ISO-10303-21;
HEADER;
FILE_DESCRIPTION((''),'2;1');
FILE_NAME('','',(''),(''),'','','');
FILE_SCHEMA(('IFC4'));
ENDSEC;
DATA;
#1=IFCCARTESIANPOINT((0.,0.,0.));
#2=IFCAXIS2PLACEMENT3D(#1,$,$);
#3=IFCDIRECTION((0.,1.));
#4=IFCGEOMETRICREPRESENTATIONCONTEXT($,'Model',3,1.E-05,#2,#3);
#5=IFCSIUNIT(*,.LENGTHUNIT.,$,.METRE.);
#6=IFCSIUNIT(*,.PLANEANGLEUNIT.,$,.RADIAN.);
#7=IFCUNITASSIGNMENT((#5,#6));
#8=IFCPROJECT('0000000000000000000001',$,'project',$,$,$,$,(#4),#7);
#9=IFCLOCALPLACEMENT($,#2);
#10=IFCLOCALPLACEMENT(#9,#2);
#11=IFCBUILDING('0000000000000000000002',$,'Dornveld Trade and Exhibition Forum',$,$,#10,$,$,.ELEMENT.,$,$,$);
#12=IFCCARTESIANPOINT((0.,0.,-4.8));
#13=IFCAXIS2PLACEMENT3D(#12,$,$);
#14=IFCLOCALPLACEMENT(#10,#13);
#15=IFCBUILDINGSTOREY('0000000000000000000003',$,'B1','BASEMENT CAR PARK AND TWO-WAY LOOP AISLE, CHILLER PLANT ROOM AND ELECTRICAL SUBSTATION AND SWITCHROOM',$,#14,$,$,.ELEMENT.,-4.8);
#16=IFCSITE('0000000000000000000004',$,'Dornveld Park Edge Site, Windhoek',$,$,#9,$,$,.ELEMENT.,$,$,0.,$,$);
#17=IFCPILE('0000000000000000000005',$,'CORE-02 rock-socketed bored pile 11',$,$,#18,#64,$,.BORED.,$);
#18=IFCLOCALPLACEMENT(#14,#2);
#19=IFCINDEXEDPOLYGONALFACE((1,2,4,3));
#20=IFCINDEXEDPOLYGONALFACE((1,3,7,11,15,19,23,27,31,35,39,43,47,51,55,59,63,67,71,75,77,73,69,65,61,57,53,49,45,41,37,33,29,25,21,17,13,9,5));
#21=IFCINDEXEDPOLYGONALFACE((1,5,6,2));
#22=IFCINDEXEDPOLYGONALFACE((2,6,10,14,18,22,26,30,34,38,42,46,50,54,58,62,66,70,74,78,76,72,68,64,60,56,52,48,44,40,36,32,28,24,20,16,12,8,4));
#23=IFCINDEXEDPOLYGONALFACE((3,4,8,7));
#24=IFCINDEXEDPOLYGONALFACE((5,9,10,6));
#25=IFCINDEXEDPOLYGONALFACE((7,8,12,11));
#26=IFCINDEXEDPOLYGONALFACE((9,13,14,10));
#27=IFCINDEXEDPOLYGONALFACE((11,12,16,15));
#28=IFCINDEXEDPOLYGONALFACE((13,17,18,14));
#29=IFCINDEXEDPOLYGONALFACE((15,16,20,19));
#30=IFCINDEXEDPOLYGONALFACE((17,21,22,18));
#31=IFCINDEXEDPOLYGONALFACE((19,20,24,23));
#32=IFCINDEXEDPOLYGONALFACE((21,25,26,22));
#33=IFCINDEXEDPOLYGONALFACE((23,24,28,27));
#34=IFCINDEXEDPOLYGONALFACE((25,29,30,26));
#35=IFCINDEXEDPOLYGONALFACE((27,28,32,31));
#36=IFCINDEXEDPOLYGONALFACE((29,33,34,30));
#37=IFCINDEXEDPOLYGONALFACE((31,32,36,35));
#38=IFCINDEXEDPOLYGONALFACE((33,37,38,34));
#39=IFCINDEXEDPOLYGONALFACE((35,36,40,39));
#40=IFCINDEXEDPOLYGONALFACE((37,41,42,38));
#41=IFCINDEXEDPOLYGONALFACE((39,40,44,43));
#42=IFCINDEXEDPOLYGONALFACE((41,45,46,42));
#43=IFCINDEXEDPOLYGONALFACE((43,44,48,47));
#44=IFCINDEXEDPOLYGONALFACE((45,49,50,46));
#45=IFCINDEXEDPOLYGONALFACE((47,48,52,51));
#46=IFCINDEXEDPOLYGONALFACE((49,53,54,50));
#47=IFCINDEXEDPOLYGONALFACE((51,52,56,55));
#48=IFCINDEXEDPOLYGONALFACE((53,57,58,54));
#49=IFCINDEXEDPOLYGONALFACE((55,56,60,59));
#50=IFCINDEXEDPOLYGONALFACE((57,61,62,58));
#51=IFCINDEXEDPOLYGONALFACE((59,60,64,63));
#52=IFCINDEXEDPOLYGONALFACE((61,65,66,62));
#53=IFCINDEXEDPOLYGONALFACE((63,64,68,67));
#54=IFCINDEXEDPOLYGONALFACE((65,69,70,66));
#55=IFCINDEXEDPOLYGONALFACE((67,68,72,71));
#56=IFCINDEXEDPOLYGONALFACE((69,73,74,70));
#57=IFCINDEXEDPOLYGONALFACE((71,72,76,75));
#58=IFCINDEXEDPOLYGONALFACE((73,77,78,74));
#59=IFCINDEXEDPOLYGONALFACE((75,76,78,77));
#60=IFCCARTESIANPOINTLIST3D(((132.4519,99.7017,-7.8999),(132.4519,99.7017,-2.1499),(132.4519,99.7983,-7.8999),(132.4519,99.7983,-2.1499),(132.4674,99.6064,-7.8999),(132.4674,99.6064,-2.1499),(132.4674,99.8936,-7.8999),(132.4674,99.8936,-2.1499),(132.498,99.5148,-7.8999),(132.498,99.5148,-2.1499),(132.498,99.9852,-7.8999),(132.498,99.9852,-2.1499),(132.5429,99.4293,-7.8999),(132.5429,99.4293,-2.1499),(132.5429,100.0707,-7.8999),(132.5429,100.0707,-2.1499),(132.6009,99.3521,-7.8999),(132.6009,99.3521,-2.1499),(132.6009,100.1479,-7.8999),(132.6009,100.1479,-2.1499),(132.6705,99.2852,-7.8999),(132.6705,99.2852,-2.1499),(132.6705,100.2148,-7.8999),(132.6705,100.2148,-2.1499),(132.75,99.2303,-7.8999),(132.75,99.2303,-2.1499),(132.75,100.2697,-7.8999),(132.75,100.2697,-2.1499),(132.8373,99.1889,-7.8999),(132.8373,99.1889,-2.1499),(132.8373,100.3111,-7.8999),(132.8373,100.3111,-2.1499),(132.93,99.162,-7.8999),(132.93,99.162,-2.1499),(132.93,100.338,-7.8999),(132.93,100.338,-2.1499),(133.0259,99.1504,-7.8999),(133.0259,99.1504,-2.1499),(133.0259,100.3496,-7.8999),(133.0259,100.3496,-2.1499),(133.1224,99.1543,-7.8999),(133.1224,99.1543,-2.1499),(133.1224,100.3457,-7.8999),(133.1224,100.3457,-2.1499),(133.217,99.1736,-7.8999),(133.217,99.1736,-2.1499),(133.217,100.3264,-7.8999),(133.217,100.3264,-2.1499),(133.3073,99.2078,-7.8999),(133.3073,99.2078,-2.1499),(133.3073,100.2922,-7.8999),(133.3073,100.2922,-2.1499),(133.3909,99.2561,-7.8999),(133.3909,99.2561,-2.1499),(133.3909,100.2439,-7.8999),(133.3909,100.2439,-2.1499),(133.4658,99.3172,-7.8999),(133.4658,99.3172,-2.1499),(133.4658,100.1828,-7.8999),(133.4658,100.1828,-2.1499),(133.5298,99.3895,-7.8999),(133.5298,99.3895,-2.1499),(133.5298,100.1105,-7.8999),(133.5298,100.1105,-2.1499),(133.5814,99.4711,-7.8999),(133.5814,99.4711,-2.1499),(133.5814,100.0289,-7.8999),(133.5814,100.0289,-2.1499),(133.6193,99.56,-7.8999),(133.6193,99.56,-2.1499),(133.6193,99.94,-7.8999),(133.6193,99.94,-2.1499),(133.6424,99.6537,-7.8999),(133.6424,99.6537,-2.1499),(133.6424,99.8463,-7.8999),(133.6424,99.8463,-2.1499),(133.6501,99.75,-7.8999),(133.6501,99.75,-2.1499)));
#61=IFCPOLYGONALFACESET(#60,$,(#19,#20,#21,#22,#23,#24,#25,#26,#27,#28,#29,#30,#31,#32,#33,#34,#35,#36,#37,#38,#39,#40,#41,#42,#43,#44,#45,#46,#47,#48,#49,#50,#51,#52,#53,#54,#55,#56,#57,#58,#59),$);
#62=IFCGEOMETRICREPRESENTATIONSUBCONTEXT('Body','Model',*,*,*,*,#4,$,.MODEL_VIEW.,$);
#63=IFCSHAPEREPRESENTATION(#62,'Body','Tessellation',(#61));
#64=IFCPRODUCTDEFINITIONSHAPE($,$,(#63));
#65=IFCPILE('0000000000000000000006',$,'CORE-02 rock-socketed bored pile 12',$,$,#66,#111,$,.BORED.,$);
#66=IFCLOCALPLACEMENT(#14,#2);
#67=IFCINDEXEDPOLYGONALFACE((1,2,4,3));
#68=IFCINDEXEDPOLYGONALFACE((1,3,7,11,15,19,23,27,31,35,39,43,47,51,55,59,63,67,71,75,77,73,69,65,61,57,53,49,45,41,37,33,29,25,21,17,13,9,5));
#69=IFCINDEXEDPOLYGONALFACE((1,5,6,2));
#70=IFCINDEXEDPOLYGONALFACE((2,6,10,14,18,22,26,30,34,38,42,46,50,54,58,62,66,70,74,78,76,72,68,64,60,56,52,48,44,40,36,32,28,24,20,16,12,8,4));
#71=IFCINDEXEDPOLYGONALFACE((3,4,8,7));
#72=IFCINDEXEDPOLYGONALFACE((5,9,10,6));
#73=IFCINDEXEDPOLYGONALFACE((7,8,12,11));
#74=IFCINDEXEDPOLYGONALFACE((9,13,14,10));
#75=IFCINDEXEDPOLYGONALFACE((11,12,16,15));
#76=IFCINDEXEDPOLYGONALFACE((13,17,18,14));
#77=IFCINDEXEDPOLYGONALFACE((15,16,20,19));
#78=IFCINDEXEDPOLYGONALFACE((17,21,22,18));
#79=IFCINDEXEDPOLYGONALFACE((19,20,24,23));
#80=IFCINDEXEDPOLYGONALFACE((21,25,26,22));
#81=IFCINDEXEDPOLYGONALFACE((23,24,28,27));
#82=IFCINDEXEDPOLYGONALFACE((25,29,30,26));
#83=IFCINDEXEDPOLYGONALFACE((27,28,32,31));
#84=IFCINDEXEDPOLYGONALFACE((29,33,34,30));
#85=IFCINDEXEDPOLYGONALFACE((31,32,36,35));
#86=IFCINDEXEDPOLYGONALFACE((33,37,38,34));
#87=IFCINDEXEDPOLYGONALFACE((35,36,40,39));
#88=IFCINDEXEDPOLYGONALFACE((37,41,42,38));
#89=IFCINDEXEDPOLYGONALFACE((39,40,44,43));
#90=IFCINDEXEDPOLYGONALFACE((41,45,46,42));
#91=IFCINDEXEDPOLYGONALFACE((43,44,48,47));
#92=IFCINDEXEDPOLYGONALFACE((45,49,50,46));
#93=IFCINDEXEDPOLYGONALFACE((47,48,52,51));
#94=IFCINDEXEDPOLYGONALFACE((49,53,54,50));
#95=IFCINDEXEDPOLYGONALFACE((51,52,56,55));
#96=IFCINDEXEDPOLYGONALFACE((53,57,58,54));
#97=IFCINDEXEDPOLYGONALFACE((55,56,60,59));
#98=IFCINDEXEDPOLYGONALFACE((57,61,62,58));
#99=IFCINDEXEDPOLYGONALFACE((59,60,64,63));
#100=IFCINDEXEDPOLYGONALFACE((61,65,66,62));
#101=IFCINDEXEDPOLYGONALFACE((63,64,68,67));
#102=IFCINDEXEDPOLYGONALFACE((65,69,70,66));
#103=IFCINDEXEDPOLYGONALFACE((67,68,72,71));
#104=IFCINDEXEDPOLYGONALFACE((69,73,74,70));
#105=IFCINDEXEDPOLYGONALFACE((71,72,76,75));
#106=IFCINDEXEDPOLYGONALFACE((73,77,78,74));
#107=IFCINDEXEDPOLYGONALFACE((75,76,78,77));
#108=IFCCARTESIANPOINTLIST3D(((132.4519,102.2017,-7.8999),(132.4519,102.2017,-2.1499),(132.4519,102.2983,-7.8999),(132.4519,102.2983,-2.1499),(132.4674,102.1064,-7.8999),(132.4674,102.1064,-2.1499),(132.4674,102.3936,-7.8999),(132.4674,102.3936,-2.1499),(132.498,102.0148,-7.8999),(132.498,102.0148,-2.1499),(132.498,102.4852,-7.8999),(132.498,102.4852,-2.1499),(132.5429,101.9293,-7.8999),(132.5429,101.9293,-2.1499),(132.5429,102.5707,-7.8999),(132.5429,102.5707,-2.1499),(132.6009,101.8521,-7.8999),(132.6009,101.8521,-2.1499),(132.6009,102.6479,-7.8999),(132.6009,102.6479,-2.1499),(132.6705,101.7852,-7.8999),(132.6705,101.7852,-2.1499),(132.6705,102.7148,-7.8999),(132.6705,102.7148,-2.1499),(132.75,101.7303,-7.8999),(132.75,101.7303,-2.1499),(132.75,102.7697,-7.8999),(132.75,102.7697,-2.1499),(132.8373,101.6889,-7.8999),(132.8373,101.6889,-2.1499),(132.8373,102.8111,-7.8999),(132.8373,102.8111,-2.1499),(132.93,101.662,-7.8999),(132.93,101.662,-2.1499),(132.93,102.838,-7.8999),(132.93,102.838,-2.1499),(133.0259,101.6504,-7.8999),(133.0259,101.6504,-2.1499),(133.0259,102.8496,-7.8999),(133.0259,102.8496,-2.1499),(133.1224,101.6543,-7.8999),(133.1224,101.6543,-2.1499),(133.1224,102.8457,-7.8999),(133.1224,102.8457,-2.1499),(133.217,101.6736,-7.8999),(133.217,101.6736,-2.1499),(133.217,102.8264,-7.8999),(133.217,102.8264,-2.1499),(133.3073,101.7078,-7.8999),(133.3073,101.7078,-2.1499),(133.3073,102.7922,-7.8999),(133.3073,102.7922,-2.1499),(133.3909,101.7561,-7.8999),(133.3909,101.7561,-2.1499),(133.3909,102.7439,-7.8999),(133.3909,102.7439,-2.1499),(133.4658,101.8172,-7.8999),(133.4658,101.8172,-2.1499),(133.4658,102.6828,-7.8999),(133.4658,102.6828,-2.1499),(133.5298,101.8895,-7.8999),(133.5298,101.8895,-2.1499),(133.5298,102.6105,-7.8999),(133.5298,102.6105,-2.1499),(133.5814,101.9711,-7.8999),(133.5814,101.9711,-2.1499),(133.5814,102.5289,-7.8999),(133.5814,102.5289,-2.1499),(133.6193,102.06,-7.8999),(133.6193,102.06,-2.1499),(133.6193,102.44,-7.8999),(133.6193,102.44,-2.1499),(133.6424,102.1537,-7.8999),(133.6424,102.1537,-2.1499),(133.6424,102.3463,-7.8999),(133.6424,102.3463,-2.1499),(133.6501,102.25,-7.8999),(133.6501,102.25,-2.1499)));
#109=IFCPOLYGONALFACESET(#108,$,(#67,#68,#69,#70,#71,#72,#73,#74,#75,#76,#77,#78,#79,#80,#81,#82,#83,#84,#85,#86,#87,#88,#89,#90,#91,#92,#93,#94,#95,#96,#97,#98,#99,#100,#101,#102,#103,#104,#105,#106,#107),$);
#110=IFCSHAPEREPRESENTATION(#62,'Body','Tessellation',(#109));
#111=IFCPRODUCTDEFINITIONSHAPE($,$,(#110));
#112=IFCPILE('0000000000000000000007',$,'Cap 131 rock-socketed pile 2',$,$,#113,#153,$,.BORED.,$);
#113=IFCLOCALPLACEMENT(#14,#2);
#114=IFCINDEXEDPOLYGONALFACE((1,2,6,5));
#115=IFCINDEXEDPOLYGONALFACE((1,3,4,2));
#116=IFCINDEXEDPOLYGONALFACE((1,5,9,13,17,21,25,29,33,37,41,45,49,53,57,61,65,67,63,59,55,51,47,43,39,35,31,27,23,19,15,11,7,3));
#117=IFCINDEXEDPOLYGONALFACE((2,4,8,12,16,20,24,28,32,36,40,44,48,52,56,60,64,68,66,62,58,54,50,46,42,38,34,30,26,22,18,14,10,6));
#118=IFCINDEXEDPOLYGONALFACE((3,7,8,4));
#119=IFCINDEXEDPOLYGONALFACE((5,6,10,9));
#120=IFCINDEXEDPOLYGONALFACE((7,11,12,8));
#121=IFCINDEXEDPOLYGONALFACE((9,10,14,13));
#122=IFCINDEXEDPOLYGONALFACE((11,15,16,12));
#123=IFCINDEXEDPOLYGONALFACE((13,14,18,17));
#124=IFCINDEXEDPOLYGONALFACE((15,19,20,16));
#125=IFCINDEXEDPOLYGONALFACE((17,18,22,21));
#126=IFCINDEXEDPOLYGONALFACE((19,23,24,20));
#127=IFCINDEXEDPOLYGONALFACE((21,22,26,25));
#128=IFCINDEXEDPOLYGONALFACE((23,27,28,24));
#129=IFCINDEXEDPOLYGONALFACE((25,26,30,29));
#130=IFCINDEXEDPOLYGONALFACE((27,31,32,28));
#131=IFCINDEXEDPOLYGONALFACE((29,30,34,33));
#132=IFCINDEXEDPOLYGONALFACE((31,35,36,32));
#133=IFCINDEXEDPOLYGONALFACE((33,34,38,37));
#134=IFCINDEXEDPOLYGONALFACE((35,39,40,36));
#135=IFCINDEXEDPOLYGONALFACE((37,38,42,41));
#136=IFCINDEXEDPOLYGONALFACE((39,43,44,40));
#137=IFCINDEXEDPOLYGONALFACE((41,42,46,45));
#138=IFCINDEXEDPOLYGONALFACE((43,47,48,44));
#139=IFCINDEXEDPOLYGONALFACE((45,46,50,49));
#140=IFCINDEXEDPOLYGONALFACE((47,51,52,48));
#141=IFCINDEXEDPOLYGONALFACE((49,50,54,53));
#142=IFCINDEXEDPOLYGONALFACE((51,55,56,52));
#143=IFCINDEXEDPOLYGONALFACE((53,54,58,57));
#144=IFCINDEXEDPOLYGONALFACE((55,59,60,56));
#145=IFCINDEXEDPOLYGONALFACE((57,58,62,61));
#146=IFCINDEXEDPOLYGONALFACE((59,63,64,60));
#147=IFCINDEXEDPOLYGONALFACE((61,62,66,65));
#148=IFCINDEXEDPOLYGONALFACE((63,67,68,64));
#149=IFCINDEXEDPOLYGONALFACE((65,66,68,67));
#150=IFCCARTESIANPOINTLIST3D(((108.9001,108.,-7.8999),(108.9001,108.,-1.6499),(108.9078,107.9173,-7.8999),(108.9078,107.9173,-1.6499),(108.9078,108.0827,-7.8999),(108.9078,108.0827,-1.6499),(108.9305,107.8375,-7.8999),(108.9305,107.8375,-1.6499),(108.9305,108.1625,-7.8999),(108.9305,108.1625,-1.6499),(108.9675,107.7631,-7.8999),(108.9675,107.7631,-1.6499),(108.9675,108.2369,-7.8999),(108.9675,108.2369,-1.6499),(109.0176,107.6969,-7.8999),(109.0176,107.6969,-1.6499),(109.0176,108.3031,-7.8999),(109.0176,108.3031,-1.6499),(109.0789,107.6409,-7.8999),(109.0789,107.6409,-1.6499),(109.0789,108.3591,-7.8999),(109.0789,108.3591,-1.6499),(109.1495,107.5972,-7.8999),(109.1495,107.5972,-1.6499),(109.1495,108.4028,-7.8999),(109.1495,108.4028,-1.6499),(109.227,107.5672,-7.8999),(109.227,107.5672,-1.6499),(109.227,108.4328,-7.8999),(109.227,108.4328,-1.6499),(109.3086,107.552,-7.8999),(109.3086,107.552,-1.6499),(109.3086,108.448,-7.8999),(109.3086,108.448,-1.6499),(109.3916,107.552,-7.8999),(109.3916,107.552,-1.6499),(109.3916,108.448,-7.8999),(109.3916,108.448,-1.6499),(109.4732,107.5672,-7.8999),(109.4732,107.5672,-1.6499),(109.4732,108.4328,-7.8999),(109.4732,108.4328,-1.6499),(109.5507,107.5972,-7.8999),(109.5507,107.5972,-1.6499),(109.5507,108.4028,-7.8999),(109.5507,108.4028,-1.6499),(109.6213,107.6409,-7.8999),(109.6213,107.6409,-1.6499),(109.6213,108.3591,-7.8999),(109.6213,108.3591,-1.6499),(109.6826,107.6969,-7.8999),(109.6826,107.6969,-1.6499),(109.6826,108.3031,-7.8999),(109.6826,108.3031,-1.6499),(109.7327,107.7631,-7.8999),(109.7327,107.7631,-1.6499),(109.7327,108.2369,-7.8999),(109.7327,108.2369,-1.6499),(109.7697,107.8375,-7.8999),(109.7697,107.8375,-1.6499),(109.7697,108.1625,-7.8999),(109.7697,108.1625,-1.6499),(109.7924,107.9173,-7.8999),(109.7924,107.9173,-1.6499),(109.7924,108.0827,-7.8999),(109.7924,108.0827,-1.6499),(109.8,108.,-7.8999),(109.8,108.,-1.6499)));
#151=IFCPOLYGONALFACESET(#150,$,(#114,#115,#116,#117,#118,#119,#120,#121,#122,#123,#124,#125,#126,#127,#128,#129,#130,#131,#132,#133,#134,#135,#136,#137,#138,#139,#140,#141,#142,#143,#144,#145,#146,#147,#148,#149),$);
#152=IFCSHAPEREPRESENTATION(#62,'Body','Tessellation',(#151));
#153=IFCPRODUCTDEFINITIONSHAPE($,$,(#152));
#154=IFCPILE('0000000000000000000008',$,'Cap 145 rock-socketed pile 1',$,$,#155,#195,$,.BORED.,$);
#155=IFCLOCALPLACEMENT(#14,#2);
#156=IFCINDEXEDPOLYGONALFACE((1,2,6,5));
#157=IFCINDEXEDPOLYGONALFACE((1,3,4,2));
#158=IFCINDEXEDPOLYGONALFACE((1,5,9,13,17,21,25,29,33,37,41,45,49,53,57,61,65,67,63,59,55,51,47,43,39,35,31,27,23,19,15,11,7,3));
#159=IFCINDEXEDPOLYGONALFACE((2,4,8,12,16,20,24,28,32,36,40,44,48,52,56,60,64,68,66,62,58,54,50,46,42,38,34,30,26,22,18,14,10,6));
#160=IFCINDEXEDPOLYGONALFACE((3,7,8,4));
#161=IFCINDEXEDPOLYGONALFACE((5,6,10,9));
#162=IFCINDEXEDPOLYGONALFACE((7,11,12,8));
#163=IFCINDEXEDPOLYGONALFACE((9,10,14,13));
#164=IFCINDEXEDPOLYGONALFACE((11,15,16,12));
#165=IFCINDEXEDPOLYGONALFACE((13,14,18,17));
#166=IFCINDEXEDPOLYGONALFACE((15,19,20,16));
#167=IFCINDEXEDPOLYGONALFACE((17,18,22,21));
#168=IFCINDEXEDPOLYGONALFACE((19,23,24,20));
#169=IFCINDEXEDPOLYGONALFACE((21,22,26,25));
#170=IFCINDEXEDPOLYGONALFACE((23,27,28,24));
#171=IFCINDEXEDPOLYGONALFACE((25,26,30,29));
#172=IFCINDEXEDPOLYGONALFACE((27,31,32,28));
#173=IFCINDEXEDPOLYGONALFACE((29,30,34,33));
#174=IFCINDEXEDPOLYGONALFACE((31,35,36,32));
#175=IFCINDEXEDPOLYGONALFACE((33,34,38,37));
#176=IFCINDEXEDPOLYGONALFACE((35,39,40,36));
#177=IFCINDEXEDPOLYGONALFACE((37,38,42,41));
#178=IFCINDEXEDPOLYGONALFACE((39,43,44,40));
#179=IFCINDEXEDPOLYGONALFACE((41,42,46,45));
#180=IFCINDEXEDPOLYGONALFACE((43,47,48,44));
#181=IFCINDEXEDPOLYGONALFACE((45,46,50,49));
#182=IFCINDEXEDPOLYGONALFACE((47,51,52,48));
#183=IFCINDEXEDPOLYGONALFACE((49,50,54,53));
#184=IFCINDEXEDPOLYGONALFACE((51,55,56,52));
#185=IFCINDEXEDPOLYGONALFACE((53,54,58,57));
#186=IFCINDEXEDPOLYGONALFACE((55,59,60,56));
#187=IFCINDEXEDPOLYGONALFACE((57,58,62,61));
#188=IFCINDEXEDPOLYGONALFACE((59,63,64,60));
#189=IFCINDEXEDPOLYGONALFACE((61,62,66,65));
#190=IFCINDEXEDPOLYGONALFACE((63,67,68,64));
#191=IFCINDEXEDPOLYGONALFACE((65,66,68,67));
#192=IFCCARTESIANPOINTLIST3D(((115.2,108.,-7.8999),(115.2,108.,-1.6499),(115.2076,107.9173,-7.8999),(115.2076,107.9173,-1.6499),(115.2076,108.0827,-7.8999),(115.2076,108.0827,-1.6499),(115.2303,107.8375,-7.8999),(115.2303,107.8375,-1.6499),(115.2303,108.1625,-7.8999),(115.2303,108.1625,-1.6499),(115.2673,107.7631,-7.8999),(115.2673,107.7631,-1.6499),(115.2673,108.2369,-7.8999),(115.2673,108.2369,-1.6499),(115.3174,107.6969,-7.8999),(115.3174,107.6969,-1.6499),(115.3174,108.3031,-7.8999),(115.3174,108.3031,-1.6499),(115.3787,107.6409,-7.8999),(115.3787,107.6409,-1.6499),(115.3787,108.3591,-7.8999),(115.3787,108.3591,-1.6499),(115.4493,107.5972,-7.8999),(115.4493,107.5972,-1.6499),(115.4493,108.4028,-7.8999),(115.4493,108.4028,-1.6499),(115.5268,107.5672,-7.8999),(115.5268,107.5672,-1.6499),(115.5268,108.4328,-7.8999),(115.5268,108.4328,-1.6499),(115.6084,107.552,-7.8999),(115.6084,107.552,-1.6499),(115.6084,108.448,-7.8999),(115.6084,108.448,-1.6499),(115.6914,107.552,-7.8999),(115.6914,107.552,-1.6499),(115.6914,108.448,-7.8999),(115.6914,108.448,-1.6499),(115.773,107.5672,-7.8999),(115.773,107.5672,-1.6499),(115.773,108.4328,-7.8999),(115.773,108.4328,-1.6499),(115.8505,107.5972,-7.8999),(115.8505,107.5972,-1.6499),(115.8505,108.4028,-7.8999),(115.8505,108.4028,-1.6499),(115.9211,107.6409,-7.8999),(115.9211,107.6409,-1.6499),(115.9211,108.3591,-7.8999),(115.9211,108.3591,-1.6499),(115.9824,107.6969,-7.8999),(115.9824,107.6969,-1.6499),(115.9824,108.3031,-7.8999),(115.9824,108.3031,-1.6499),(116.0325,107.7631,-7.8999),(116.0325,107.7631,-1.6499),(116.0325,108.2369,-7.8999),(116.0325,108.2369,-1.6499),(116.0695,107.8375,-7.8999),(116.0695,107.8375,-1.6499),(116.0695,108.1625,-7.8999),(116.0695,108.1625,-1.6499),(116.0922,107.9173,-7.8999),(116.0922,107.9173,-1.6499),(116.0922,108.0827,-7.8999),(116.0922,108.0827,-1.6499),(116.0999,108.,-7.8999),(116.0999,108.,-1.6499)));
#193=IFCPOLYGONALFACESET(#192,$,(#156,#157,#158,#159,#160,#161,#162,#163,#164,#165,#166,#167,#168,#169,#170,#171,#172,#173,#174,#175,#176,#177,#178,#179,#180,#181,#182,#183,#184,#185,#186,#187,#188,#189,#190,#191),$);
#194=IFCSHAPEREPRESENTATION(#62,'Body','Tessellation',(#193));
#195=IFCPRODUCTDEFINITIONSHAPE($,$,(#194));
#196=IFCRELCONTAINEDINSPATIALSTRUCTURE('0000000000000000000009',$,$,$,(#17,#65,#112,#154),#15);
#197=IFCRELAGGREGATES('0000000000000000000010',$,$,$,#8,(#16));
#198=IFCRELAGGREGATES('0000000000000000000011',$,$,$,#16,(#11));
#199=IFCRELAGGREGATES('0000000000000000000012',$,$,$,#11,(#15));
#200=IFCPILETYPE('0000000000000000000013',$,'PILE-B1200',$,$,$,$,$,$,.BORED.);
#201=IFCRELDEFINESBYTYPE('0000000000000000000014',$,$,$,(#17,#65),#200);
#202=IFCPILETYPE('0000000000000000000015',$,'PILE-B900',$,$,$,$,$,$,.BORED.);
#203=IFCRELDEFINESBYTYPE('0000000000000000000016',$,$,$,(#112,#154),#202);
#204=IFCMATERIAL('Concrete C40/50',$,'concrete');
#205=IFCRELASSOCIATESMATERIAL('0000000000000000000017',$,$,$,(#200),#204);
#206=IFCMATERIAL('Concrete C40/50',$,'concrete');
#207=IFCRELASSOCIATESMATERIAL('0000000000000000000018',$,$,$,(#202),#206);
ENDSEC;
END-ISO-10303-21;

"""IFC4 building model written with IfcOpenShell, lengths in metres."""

from ifc_helpers import new_model, si_unit, direction, frame, origin, origin_2d, place, context, subcontext, project, spatial, circle, extrude, material, material_profile, profile_set, type_object, element, save


model = new_model("IFC4")

# Units and contexts
model_context = context("Model", 3, precision=1e-05, world=origin(), true_north=direction((0.0, 1.0)))
body_context = subcontext(model_context, "Body", "Model", "MODEL_VIEW")
ifc_project = project(units=[si_unit("LENGTHUNIT", "METRE"), si_unit("PLANEANGLEUNIT", "RADIAN")], contexts=[model_context])

# Site, building, storey
site_placement = place(None, origin())
site = spatial("IfcSite", under=ifc_project, at=site_placement, Name="Dornveld Park Edge Site, Windhoek", CompositionType="ELEMENT", RefElevation=0.0)
building_placement = place(site_placement, origin())
building = spatial("IfcBuilding", under=site, at=building_placement, Name="Dornveld Trade and Exhibition Forum", CompositionType="ELEMENT")
storey_placement = place(building_placement, frame((0.0, 0.0, -4.8)))
storey = spatial("IfcBuildingStorey", under=building, at=storey_placement, Name="B1", Description="BASEMENT CAR PARK AND TWO-WAY LOOP AISLE, CHILLER PLANT ROOM AND ELECTRICAL SUBSTATION AND SWITCHROOM", CompositionType="ELEMENT", Elevation=-4.8)

# Piles
ifc_material_1 = material(Name="Concrete C40/50", Category="concrete")
ifc_material_profile_1 = material_profile(ifc_material_1, circle(Radius=0.6001, at=origin_2d()), Name="PILE D1200")
ifc_profile_set_1 = profile_set([ifc_material_profile_1], Name="Concrete C40/50")
pile_type_1 = type_object("IfcPileType", Name="PILE-B1200", PredefinedType="BORED", material=ifc_profile_set_1)
for number, where, z_axis, x_axis, name in (
    (1, (133.05, 99.75, -2.1499), (0.0, 0.0, -1.0), (1.0, 0.0, 0.0), "CORE-02 rock-socketed bored pile 11"),
    (2, (133.05, 102.25, -2.1499), (0.0, 0.0, -1.0), (1.0, 0.0, 0.0), "CORE-02 rock-socketed bored pile 12"),
):
    element("IfcPile", number, at=place(storey_placement, frame(where, z_axis=z_axis, x_axis=x_axis)), inside=storey, type_object=pile_type_1, Name=name, PredefinedType="BORED", context=body_context, shape_type="SweptSolid", body=[
        extrude(circle(Radius=0.6001, at=origin_2d()), origin(), (0.0, 0.0, 1.0), 5.75),
    ])
ifc_material_2 = material(Name="Concrete C40/50", Category="concrete")
ifc_material_profile_2 = material_profile(ifc_material_2, circle(Radius=0.45, at=origin_2d()), Name="PILE D900")
ifc_profile_set_2 = profile_set([ifc_material_profile_2], Name="Concrete C40/50")
pile_type_2 = type_object("IfcPileType", Name="PILE-B900", PredefinedType="BORED", material=ifc_profile_set_2)
for number, where, z_axis, x_axis, name in (
    (3, (109.3501, 108.0, -1.6499), (0.0, 0.0, -1.0), (1.0, 0.0, 0.0), "Cap 131 rock-socketed pile 2"),
    (4, (115.6499, 108.0, -1.6499), (0.0, 0.0, -1.0), (1.0, 0.0, 0.0), "Cap 145 rock-socketed pile 1"),
):
    element("IfcPile", number, at=place(storey_placement, frame(where, z_axis=z_axis, x_axis=x_axis)), inside=storey, type_object=pile_type_2, Name=name, PredefinedType="BORED", context=body_context, shape_type="SweptSolid", body=[
        extrude(circle(Radius=0.45, at=origin_2d()), origin(), (0.0, 0.0, 1.0), 6.25),
    ])

save(model, "model.ifc")
